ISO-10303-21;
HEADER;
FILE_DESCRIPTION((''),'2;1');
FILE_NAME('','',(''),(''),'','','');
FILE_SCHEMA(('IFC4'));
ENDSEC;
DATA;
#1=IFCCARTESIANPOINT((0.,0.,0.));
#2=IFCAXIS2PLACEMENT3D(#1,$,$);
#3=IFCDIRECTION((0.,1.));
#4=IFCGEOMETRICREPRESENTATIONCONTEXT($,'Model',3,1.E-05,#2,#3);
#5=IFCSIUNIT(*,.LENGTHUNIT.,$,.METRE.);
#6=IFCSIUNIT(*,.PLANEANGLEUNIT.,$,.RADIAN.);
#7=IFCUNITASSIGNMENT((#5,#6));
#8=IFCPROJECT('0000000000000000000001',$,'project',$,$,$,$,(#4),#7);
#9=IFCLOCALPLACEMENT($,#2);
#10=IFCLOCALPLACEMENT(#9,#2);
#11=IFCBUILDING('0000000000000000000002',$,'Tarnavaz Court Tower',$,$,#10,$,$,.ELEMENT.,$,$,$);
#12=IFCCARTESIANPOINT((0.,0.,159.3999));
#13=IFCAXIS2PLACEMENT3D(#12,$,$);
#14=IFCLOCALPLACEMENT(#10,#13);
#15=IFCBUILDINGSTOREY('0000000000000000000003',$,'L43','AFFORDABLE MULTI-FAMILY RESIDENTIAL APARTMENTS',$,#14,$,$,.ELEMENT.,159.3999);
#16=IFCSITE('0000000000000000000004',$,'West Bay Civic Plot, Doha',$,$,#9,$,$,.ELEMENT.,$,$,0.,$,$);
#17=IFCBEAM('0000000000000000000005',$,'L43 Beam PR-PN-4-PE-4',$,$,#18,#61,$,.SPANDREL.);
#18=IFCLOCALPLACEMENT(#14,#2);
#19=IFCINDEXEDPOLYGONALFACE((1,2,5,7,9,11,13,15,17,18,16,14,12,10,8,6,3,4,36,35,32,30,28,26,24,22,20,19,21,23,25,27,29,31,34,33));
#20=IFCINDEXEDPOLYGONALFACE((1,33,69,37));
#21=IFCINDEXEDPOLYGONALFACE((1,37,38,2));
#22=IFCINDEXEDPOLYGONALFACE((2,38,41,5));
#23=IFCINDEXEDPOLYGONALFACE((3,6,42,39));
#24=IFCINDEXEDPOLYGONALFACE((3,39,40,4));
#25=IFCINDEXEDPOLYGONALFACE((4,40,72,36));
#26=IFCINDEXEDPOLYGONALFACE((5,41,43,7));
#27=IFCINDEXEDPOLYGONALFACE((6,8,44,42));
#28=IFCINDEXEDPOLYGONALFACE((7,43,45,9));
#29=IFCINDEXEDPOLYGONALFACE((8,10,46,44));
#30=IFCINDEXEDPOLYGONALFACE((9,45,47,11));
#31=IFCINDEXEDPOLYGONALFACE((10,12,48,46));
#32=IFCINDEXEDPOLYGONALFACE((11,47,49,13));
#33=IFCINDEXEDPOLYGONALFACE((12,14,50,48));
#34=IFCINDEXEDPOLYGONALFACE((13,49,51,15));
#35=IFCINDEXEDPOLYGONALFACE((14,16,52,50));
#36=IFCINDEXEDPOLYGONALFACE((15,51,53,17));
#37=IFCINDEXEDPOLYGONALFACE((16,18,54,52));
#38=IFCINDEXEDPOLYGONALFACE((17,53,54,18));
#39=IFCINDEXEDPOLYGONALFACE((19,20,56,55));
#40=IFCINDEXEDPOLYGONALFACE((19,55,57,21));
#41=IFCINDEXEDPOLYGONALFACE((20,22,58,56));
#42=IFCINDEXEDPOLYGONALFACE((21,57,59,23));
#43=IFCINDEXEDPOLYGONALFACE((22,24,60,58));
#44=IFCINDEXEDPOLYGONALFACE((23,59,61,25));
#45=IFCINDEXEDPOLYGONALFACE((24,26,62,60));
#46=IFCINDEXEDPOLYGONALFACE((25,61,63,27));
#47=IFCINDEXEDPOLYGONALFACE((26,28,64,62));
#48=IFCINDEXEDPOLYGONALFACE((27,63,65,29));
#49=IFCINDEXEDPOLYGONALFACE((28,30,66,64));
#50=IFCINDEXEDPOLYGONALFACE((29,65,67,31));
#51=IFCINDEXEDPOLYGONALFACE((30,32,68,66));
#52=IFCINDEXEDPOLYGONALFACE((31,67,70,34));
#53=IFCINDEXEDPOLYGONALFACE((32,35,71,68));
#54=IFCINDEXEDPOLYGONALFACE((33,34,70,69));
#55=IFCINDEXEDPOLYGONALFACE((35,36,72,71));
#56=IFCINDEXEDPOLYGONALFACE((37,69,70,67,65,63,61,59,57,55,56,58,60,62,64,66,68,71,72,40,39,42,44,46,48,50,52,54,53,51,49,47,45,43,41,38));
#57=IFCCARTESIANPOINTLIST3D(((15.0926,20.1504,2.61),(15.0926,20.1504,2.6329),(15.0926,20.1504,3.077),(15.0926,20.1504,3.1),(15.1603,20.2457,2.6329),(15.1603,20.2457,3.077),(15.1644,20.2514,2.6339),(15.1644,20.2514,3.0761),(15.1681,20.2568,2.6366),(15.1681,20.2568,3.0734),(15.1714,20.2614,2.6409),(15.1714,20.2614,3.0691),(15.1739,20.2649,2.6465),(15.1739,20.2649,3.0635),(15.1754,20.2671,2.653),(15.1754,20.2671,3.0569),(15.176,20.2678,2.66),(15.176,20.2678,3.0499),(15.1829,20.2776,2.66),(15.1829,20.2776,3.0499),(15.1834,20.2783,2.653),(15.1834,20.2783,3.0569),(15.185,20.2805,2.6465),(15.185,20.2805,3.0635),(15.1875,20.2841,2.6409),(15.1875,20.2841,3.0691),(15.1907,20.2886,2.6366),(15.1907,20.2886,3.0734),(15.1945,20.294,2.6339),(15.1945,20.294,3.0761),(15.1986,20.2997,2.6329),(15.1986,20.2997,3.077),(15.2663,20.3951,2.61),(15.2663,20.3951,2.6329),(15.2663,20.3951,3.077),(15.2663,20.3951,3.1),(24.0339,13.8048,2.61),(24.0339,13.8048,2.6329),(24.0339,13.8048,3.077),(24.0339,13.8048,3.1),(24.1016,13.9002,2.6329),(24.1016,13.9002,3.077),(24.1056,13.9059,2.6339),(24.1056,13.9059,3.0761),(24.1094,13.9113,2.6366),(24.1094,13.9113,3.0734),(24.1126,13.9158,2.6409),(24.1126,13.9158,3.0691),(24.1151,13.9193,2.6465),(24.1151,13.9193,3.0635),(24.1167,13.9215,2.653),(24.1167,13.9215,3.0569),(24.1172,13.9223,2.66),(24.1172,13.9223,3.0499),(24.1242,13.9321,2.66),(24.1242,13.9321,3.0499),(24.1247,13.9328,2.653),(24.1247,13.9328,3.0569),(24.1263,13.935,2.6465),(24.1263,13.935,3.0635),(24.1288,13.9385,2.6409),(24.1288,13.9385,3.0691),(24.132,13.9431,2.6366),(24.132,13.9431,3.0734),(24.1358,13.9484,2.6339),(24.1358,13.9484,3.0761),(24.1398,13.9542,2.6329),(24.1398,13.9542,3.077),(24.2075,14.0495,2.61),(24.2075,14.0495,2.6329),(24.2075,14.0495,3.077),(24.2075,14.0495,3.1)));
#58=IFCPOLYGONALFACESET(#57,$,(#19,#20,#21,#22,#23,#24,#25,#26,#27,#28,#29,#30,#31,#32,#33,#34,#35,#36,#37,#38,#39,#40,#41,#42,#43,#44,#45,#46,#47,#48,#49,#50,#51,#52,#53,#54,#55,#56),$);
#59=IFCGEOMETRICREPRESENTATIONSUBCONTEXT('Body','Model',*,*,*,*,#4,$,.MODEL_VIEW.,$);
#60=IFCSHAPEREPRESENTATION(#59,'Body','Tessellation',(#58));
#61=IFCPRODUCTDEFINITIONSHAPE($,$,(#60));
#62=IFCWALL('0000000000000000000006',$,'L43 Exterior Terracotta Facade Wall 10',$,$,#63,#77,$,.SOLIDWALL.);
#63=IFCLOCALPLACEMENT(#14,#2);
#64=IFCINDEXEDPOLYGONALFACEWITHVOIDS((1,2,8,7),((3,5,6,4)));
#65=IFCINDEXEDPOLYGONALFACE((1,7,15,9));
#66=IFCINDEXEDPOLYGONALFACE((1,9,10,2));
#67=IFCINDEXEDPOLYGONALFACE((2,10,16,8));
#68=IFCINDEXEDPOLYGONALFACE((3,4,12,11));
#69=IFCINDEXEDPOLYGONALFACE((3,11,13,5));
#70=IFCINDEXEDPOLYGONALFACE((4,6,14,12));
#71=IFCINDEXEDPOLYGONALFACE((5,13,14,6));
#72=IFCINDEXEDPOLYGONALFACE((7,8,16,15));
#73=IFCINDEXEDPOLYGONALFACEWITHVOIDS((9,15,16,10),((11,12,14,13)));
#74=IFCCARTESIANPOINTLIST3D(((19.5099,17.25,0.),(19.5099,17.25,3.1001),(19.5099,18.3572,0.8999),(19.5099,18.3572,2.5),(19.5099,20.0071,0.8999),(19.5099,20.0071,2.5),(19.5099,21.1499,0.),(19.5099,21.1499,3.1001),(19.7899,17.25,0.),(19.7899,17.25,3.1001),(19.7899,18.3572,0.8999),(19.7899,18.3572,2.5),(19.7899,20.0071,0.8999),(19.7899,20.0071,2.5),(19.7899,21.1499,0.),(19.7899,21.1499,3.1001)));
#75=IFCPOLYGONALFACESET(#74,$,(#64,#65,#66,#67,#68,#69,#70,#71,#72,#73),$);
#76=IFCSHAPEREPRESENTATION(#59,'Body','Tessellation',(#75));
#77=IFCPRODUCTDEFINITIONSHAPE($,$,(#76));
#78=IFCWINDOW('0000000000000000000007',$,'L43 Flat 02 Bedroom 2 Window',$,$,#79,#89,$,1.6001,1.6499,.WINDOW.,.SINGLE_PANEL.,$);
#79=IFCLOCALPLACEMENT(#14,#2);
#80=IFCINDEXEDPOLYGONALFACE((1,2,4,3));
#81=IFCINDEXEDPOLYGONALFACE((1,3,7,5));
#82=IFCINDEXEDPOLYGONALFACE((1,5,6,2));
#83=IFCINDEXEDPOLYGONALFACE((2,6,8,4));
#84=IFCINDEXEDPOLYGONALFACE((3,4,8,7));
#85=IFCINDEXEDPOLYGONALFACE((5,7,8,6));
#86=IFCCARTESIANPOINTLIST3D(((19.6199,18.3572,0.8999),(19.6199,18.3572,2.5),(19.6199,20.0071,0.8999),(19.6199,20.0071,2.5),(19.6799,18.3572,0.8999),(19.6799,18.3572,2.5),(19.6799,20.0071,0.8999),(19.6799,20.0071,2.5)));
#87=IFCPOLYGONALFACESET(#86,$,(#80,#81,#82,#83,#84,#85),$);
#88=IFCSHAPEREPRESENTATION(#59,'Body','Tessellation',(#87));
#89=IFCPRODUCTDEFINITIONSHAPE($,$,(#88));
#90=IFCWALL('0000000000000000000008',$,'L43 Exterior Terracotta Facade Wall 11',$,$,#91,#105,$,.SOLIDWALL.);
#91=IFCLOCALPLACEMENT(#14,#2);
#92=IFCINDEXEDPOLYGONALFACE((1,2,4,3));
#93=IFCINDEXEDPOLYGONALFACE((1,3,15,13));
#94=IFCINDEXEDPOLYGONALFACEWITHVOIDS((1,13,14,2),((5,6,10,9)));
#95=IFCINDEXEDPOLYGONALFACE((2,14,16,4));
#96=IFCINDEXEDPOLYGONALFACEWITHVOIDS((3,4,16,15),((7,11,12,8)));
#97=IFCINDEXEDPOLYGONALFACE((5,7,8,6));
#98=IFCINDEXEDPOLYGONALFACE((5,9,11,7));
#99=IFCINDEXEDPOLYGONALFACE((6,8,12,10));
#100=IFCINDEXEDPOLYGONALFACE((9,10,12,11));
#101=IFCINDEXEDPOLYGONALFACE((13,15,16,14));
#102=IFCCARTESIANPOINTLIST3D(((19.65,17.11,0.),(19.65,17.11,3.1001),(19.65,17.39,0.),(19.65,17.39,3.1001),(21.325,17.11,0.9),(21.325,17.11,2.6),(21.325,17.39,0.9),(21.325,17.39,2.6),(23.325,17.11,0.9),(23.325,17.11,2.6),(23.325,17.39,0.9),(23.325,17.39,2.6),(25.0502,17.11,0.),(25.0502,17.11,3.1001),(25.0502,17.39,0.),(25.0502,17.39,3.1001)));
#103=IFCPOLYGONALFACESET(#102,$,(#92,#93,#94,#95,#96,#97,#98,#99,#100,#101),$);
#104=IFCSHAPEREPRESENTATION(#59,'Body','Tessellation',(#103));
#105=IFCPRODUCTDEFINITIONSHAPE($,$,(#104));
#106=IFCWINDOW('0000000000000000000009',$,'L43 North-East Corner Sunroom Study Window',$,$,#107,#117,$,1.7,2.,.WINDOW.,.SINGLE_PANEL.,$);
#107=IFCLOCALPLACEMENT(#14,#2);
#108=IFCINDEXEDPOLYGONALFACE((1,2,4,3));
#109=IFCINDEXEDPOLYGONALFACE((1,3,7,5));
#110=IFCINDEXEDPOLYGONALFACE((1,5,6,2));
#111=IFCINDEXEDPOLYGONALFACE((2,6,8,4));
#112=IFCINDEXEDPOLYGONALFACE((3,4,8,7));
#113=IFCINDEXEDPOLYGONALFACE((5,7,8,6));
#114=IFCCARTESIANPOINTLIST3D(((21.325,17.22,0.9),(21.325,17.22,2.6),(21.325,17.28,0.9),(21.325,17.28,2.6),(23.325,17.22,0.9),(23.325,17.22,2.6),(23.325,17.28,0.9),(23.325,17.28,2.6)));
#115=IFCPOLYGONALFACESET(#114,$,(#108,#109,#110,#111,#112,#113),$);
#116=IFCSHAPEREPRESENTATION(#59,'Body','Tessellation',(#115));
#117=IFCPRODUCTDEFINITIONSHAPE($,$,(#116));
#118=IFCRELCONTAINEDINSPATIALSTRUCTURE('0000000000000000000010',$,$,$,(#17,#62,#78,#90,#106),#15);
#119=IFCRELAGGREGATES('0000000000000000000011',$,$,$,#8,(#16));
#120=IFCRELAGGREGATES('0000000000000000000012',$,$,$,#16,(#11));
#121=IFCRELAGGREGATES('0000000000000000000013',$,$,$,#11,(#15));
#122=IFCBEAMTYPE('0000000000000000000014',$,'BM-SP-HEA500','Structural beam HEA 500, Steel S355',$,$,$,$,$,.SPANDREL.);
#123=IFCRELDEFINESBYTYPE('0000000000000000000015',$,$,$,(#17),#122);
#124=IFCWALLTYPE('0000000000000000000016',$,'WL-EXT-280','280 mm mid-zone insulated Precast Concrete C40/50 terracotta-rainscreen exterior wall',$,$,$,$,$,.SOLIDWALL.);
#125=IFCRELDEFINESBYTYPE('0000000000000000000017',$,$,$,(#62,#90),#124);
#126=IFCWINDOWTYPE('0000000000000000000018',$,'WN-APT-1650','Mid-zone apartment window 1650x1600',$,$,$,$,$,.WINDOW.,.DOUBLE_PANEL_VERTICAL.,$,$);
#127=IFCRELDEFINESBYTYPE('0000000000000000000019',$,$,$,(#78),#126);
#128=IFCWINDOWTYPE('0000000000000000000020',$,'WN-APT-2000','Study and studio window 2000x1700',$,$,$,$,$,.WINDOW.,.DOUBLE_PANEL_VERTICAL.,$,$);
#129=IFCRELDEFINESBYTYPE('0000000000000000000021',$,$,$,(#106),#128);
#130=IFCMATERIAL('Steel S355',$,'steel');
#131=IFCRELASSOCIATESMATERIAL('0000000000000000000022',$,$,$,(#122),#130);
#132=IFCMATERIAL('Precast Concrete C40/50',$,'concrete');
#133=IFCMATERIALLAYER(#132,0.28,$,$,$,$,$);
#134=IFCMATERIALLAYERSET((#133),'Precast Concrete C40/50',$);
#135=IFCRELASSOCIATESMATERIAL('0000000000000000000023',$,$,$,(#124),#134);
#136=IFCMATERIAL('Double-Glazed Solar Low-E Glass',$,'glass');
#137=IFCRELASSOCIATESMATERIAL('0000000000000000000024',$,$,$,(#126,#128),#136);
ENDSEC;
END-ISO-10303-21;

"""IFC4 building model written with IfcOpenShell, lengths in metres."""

from ifc_helpers import new_model, si_unit, direction, frame, frame_2d, origin, origin_2d, place, context, subcontext, project, spatial, rectangle, i_section, extrude, material, layer, layer_set, material_profile, profile_set, type_object, element, fill, save


model = new_model("IFC4")

# Units and contexts
model_context = context("Model", 3, precision=1e-05, world=origin(), true_north=direction((0.0, 1.0)))
body_context = subcontext(model_context, "Body", "Model", "MODEL_VIEW")
ifc_project = project(units=[si_unit("LENGTHUNIT", "METRE"), si_unit("PLANEANGLEUNIT", "RADIAN")], contexts=[model_context])

# Site, building, storey
site_placement = place(None, origin())
site = spatial("IfcSite", under=ifc_project, at=site_placement, Name="West Bay Civic Plot, Doha", CompositionType="ELEMENT", RefElevation=0.0)
building_placement = place(site_placement, origin())
building = spatial("IfcBuilding", under=site, at=building_placement, Name="Tarnavaz Court Tower", CompositionType="ELEMENT")
storey_placement = place(building_placement, frame((0.0, 0.0, 159.3999)))
storey = spatial("IfcBuildingStorey", under=building, at=storey_placement, Name="L43", Description="AFFORDABLE MULTI-FAMILY RESIDENTIAL APARTMENTS", CompositionType="ELEMENT", Elevation=159.3999)

# Beam
ifc_material_1 = material(Name="Steel S355", Category="steel")
ifc_material_profile_1 = material_profile(ifc_material_1, i_section(OverallWidth=0.3, OverallDepth=0.49, WebThickness=0.012, FlangeThickness=0.0229, FilletRadius=0.0271, at=origin_2d()), Name="HEA 500")
ifc_profile_set_1 = profile_set([ifc_material_profile_1], Name="Steel S355")
beam_type_1 = type_object("IfcBeamType", Name="BM-SP-HEA500", Description="Structural beam HEA 500, Steel S355", PredefinedType="SPANDREL", material=ifc_profile_set_1)
beam_1_placement = place(storey_placement, frame((15.1794, 20.2727, 2.855), z_axis=(0.815502, -0.578754, 0.0), x_axis=(0.578754, 0.815502, 0.0)))
element("IfcBeam", 1, at=beam_1_placement, inside=storey, type_object=beam_type_1, Name="L43 Beam PR-PN-4-PE-4", PredefinedType="SPANDREL", context=body_context, shape_type="SweptSolid", body=[
    extrude(i_section(OverallWidth=0.3, OverallDepth=0.49, WebThickness=0.012, FlangeThickness=0.0229, FilletRadius=0.0271, at=origin_2d()), origin(), (0.0, 0.0, 1.0), 10.9641),
])

# Walls, openings, windows
ifc_material_2 = material(Name="Precast Concrete C40/50", Category="concrete")
ifc_layer_1 = layer(ifc_material_2, 0.28)
ifc_layer_set_1 = layer_set([ifc_layer_1], Name="Precast Concrete C40/50")
wall_type_1 = type_object("IfcWallType", Name="WL-EXT-280", Description="280 mm mid-zone insulated Precast Concrete C40/50 terracotta-rainscreen exterior wall", PredefinedType="SOLIDWALL", material=ifc_layer_set_1)
wall_1_placement = place(storey_placement, frame((19.6499, 21.1499, 0.0), z_axis=(0.0, 0.0, 1.0), x_axis=(0.0, -1.0, 0.0)))
wall_1 = element("IfcWall", 2, at=wall_1_placement, inside=storey, type_object=wall_type_1, Name="L43 Exterior Terracotta Facade Wall 10", PredefinedType="SOLIDWALL", context=body_context, shape_type="SweptSolid", body=[
    extrude(rectangle(XDim=3.8999, YDim=0.28, at=frame_2d((1.95, 0.0))), origin(), (0.0, 0.0, 1.0), 3.1001),
])
opening_1_placement = place(wall_1_placement, frame((1.1428, 0.0, 0.8999)))
opening_1 = element("IfcOpeningElement", 3, at=opening_1_placement, cuts=wall_1, PredefinedType="OPENING", context=body_context, shape_type="SweptSolid", body=[
    extrude(rectangle(XDim=1.6499, YDim=1.6001, at=frame_2d((0.825, 0.8))), frame((0.0, 0.1499, 0.0), z_axis=(0.0, -1.0, 0.0), x_axis=(1.0, 0.0, 0.0)), (0.0, 0.0, 1.0), 0.3),
])
ifc_material_3 = material(Name="Double-Glazed Solar Low-E Glass", Category="glass")
window_type_1 = type_object("IfcWindowType", Name="WN-APT-1650", Description="Mid-zone apartment window 1650x1600", PartitioningType="DOUBLE_PANEL_VERTICAL", PredefinedType="WINDOW", material=ifc_material_3)
window_1_placement = place(opening_1_placement, origin())
window_1 = element("IfcWindow", 4, at=window_1_placement, inside=storey, type_object=window_type_1, Name="L43 Flat 02 Bedroom 2 Window", OverallHeight=1.6001, OverallWidth=1.6499, PartitioningType="SINGLE_PANEL", PredefinedType="WINDOW", context=body_context, shape_type="SweptSolid", body=[
    extrude(rectangle(XDim=1.6499, YDim=1.6001, at=frame_2d((0.825, 0.8))), frame((0.0, 0.03, 0.0), z_axis=(0.0, -1.0, 0.0), x_axis=(1.0, 0.0, 0.0)), (0.0, 0.0, 1.0), 0.0601),
])
fill(opening_1, window_1)
wall_2_placement = place(storey_placement, frame((19.6499, 17.25, 0.0), z_axis=(0.0, 0.0, 1.0), x_axis=(1.0, 0.0, 0.0)))
wall_2 = element("IfcWall", 5, at=wall_2_placement, inside=storey, type_object=wall_type_1, Name="L43 Exterior Terracotta Facade Wall 11", PredefinedType="SOLIDWALL", context=body_context, shape_type="SweptSolid", body=[
    extrude(rectangle(XDim=5.4001, YDim=0.28, at=frame_2d((2.7002, 0.0))), origin(), (0.0, 0.0, 1.0), 3.1001),
])
opening_2_placement = place(wall_2_placement, frame((1.675, 0.0, 0.8999)))
opening_2 = element("IfcOpeningElement", 6, at=opening_2_placement, cuts=wall_2, PredefinedType="OPENING", context=body_context, shape_type="SweptSolid", body=[
    extrude(rectangle(XDim=2.0, YDim=1.7, at=frame_2d((1.0, 0.8501))), frame((0.0, 0.1499, 0.0), z_axis=(0.0, -1.0, 0.0), x_axis=(1.0, 0.0, 0.0)), (0.0, 0.0, 1.0), 0.3),
])
window_type_2 = type_object("IfcWindowType", Name="WN-APT-2000", Description="Study and studio window 2000x1700", PartitioningType="DOUBLE_PANEL_VERTICAL", PredefinedType="WINDOW", material=ifc_material_3)
window_2_placement = place(opening_2_placement, origin())
window_2 = element("IfcWindow", 7, at=window_2_placement, inside=storey, type_object=window_type_2, Name="L43 North-East Corner Sunroom Study Window", OverallHeight=1.7, OverallWidth=2.0, PartitioningType="SINGLE_PANEL", PredefinedType="WINDOW", context=body_context, shape_type="SweptSolid", body=[
    extrude(rectangle(XDim=2.0, YDim=1.7, at=frame_2d((1.0, 0.8501))), frame((0.0, 0.03, 0.0), z_axis=(0.0, -1.0, 0.0), x_axis=(1.0, 0.0, 0.0)), (0.0, 0.0, 1.0), 0.0601),
])
fill(opening_2, window_2)

save(model, "model.ifc")
